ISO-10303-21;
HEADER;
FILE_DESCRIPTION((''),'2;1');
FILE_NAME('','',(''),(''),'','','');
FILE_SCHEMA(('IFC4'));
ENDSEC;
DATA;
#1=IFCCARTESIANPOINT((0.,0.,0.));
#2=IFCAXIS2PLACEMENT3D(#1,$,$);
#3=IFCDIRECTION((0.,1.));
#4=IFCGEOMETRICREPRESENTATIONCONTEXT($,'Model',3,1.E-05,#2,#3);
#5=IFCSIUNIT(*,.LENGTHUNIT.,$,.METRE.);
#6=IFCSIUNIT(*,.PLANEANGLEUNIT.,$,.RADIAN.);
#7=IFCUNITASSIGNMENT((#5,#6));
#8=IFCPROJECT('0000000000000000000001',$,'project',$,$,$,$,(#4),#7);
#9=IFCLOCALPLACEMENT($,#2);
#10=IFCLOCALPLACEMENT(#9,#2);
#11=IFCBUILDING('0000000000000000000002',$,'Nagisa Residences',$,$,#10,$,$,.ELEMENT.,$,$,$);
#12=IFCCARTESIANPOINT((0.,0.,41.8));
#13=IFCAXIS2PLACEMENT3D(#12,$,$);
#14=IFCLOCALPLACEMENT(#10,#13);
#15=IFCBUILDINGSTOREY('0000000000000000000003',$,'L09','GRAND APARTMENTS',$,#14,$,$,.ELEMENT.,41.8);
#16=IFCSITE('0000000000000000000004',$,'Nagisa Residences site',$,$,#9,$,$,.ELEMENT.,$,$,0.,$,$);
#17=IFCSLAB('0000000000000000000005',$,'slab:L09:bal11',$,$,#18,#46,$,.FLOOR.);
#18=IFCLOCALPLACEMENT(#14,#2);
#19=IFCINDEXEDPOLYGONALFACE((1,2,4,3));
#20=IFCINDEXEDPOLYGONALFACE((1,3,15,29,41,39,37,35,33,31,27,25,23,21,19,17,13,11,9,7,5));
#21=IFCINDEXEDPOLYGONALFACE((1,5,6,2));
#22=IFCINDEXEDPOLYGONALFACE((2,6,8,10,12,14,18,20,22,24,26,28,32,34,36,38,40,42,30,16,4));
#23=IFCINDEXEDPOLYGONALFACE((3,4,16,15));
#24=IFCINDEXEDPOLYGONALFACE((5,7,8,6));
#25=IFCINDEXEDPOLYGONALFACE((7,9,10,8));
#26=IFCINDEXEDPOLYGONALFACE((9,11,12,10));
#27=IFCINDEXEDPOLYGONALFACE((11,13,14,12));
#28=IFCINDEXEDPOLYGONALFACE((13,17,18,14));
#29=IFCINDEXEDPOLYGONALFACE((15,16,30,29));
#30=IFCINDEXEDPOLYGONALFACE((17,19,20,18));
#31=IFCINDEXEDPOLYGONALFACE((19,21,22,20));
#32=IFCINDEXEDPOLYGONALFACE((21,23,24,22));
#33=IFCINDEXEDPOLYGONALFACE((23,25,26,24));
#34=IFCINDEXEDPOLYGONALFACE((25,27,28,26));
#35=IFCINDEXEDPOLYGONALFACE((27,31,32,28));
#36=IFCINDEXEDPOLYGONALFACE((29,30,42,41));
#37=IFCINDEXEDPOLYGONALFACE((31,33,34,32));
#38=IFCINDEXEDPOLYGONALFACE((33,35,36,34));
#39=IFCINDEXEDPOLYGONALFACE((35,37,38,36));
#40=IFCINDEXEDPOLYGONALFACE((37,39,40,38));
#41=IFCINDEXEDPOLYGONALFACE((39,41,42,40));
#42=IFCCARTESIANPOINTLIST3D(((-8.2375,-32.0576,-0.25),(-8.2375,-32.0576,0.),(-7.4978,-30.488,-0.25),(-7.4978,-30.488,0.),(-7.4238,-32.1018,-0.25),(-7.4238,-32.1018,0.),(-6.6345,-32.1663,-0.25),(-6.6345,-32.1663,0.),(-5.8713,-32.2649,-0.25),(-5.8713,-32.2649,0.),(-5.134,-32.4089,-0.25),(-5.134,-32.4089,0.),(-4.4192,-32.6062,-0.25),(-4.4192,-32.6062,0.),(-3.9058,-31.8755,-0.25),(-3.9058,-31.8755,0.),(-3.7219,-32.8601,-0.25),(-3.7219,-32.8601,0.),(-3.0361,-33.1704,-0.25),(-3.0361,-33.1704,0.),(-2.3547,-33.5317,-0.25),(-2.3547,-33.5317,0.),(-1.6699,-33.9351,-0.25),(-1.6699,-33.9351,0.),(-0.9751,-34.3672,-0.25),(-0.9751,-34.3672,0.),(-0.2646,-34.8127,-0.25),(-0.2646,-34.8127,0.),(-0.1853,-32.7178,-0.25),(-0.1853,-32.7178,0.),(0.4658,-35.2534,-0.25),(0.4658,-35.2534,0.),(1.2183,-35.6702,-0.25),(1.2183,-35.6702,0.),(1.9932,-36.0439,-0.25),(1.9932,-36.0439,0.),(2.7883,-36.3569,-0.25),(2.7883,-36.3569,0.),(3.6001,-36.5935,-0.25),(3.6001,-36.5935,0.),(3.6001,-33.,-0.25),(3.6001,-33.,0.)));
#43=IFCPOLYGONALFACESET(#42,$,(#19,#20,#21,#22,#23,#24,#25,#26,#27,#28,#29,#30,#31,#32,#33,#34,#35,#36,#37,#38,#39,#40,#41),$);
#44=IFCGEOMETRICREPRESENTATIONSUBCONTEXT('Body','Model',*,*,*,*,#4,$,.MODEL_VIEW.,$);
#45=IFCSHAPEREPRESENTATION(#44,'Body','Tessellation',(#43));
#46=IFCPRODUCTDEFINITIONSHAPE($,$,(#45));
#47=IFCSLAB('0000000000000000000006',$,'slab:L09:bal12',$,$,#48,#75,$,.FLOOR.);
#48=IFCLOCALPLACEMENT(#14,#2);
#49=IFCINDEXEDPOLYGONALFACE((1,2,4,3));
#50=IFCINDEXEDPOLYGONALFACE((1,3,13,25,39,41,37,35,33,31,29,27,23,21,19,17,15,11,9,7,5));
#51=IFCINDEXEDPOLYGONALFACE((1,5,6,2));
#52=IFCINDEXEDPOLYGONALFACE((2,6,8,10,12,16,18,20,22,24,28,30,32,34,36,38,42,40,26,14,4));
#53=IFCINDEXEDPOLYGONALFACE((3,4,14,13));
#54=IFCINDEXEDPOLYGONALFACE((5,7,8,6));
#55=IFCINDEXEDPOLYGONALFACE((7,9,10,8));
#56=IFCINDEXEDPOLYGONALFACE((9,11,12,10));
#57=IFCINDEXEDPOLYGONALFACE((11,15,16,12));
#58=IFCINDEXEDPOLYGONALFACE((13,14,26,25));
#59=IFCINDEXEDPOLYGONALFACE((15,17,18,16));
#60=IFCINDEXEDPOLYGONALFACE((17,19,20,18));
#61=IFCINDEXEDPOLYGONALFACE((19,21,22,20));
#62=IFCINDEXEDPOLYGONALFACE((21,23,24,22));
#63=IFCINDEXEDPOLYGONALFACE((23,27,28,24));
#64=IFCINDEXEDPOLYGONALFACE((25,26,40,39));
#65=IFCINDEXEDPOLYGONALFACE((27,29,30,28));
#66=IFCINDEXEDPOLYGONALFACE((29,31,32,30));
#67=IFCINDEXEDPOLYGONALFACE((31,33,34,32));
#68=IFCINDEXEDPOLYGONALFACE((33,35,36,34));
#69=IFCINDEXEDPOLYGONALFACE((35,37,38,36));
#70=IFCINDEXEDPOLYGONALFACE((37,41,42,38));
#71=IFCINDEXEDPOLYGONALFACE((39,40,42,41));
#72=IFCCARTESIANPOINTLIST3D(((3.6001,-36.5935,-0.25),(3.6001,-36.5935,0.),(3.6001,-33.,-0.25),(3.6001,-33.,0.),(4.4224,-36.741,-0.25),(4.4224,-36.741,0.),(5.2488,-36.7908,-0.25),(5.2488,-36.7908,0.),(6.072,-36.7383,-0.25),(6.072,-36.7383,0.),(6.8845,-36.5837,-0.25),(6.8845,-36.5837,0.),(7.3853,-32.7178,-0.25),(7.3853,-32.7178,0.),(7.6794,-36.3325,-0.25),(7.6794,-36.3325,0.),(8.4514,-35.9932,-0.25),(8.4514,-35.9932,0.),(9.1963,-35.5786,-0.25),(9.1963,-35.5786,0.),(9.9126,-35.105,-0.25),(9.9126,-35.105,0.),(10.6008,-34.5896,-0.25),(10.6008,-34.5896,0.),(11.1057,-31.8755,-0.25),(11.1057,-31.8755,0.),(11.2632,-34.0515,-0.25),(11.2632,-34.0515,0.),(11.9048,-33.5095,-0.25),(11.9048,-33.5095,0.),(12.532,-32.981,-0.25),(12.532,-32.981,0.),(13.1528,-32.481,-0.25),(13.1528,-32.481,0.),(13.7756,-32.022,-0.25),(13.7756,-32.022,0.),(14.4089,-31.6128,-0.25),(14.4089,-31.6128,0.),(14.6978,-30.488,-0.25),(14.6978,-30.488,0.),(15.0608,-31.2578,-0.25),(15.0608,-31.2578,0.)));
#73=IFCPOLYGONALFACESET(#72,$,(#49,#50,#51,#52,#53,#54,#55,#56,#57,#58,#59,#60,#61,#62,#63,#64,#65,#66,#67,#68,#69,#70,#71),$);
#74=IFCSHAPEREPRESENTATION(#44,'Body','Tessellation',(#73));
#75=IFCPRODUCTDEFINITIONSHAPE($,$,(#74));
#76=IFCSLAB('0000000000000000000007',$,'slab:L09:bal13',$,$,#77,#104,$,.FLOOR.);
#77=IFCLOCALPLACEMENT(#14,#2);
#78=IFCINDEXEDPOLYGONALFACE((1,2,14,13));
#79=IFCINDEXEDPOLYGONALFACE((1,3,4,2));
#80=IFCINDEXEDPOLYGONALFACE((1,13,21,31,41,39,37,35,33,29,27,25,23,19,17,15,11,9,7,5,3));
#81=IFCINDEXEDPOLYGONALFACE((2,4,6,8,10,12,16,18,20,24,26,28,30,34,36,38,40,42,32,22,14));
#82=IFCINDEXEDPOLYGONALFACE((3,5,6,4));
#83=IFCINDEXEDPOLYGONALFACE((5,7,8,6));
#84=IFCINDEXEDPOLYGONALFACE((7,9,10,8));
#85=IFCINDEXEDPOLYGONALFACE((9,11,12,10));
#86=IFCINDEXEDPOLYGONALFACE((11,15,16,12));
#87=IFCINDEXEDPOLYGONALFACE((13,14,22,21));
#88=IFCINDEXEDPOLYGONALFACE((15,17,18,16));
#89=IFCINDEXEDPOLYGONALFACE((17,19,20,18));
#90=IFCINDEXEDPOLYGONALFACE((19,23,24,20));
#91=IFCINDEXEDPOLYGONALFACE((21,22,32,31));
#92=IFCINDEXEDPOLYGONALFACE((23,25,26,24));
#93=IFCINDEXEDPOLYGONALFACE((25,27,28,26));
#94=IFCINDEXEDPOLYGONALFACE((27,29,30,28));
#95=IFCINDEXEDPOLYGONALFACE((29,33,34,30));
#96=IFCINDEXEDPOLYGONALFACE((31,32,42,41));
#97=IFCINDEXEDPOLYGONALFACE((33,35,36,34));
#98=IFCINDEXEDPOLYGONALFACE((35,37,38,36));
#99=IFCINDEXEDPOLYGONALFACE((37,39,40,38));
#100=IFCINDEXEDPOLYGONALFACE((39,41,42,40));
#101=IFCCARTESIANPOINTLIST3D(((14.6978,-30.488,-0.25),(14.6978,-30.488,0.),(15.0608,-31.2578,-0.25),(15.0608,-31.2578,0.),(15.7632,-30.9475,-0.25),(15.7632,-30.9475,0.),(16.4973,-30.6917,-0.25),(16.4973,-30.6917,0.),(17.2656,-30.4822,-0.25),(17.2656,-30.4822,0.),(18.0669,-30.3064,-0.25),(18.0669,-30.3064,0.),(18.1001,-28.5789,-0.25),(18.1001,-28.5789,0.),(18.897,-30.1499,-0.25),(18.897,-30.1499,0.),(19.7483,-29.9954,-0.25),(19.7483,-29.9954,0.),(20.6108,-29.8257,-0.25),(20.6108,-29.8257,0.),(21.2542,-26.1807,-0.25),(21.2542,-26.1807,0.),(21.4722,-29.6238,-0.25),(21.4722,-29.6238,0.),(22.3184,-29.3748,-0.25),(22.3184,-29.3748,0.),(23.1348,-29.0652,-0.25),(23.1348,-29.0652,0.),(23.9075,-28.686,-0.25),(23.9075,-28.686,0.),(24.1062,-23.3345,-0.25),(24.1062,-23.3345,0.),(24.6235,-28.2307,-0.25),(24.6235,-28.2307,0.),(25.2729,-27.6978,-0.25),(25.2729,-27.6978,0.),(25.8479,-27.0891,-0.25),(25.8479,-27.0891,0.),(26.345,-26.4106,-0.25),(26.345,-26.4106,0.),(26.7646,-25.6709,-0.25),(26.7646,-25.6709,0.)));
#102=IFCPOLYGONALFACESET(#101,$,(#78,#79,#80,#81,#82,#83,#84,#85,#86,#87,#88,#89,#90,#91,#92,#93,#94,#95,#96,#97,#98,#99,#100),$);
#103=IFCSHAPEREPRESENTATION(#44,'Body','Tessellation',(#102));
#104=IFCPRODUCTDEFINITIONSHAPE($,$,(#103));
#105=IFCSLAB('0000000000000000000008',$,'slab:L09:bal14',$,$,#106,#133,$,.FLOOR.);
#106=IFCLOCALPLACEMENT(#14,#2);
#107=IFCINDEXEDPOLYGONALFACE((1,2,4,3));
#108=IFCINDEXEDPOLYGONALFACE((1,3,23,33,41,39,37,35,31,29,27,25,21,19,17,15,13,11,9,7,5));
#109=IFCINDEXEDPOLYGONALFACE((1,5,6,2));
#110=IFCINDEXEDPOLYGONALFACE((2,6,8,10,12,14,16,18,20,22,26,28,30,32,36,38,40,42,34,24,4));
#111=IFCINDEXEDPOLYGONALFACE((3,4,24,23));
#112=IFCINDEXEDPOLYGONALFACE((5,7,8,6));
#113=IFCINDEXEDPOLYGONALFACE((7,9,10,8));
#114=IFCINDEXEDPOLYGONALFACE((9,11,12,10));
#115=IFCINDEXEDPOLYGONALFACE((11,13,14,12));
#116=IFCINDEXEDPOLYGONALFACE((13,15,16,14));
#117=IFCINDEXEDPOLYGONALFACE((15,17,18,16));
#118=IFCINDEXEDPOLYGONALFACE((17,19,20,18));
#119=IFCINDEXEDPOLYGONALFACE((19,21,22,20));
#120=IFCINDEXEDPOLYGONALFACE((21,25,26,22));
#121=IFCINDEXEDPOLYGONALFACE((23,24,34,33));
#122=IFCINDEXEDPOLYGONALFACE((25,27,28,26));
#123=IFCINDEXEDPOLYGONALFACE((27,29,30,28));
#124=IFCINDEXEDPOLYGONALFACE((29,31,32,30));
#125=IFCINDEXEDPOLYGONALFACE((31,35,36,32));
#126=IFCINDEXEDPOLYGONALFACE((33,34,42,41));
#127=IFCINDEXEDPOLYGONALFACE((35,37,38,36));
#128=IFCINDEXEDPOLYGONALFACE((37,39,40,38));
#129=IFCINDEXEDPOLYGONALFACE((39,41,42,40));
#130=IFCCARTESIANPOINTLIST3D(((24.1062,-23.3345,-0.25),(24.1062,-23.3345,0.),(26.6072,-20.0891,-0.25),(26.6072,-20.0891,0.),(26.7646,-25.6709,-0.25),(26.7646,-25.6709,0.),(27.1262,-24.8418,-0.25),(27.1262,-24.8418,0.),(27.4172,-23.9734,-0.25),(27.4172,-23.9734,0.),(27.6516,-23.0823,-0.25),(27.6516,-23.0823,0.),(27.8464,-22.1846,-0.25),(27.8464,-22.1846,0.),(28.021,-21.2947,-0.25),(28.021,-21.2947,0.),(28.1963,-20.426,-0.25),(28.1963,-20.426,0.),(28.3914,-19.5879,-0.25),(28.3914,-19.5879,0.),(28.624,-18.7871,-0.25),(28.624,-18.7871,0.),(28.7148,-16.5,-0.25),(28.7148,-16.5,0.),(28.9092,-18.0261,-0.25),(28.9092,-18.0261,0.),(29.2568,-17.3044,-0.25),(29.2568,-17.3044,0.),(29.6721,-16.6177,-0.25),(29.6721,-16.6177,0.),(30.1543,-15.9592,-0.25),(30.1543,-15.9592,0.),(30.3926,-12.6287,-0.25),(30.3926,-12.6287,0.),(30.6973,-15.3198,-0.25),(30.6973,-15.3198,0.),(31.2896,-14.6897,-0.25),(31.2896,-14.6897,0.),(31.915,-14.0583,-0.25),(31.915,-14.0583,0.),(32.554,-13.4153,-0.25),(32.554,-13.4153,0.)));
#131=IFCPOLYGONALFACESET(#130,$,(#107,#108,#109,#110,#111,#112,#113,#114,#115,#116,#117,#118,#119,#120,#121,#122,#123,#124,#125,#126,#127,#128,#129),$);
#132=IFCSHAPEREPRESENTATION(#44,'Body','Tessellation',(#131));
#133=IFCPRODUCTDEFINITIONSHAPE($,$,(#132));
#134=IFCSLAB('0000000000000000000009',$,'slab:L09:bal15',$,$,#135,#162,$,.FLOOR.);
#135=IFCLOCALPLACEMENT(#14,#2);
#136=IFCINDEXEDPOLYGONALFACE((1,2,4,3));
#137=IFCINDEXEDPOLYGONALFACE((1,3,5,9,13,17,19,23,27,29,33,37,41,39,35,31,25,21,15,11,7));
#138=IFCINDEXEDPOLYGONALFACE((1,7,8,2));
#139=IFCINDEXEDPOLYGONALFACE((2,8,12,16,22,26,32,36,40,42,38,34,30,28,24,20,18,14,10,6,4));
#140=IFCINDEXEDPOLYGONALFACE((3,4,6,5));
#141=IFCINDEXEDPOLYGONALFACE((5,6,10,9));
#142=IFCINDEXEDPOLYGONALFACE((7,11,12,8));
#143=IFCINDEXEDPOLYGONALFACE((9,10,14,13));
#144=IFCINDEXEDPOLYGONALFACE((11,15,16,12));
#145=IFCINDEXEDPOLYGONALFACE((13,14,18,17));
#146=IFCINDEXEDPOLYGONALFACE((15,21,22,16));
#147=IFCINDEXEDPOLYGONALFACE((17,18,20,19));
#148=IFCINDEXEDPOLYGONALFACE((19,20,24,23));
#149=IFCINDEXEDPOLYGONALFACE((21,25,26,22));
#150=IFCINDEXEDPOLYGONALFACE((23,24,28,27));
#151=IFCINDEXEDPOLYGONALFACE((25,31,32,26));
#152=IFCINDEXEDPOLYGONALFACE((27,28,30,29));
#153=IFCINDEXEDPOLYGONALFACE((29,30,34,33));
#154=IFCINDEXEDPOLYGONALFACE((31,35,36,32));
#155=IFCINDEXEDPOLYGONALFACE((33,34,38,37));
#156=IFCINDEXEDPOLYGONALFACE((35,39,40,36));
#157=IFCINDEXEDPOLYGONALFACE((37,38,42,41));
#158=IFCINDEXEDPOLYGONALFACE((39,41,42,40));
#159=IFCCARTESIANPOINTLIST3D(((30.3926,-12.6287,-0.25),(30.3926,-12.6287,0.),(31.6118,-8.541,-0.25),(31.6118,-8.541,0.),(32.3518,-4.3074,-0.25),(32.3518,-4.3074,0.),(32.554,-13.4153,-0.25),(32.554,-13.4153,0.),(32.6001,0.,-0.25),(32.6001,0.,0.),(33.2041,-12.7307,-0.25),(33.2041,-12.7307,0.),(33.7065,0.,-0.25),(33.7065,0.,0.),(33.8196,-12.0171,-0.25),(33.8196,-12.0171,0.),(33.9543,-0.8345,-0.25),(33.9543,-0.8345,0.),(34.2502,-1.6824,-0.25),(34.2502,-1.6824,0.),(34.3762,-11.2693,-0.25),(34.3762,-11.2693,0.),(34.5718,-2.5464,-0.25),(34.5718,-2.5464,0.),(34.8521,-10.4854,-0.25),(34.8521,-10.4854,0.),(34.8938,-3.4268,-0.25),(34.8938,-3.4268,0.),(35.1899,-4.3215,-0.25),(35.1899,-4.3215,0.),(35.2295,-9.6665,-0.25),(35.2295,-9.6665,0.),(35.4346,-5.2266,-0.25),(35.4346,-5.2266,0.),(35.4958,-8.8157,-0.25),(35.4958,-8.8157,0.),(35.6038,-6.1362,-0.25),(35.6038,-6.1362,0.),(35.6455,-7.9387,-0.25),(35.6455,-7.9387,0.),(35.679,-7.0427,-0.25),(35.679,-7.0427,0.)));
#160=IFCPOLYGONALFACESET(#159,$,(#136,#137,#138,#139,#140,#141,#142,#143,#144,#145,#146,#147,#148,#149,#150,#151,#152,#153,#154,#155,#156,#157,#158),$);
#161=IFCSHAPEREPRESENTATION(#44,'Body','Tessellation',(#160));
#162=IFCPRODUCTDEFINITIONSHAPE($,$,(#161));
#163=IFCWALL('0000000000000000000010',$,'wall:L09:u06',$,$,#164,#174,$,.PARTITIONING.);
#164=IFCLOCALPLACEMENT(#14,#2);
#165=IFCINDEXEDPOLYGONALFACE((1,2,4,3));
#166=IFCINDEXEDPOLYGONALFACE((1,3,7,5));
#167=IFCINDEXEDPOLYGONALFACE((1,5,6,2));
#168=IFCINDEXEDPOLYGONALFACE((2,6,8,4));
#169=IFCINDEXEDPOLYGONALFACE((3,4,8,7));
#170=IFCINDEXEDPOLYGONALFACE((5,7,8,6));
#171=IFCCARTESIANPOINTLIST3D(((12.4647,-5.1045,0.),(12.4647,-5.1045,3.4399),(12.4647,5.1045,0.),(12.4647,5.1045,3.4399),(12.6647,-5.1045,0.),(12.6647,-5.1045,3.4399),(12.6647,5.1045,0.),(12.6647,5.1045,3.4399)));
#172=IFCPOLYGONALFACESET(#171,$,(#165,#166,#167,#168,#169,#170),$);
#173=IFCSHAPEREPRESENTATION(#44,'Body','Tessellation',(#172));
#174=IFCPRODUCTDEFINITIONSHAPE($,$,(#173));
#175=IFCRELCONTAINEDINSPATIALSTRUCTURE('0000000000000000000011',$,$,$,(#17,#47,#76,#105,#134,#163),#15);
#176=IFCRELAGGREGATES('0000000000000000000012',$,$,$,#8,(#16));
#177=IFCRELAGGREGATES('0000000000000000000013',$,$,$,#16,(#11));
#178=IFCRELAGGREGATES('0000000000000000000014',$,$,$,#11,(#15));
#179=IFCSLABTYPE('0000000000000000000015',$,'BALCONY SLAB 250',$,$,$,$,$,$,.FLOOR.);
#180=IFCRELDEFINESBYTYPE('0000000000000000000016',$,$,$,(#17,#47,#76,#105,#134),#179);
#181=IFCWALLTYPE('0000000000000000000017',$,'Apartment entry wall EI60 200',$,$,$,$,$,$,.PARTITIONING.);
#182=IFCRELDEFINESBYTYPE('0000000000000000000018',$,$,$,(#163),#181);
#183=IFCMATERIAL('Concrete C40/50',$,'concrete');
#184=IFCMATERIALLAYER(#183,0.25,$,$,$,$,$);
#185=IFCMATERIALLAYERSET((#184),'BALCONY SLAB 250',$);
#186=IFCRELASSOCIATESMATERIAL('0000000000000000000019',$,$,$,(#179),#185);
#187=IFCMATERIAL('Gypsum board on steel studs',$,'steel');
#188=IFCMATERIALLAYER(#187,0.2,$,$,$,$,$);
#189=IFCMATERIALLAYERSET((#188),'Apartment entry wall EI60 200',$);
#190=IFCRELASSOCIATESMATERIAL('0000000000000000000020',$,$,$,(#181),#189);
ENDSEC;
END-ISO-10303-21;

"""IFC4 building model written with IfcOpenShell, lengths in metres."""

from ifc_helpers import new_model, si_unit, direction, frame, frame_2d, origin, place, context, subcontext, project, spatial, polyline, rectangle, outline, extrude, material, layer, layer_set, type_object, element, save


model = new_model("IFC4")

# Units and contexts
model_context = context("Model", 3, precision=1e-05, world=origin(), true_north=direction((0.0, 1.0)))
body_context = subcontext(model_context, "Body", "Model", "MODEL_VIEW")
ifc_project = project(units=[si_unit("LENGTHUNIT", "METRE"), si_unit("PLANEANGLEUNIT", "RADIAN")], contexts=[model_context])

# Site, building, storey
site_placement = place(None, origin())
site = spatial("IfcSite", under=ifc_project, at=site_placement, Name="Nagisa Residences site", CompositionType="ELEMENT", RefElevation=0.0)
building_placement = place(site_placement, origin())
building = spatial("IfcBuilding", under=site, at=building_placement, Name="Nagisa Residences", CompositionType="ELEMENT")
storey_placement = place(building_placement, frame((0.0, 0.0, 41.8)))
storey = spatial("IfcBuildingStorey", under=building, at=storey_placement, Name="L09", Description="GRAND APARTMENTS", CompositionType="ELEMENT", Elevation=41.8)

# Slabs
ifc_material_1 = material(Name="Concrete C40/50", Category="concrete")
ifc_layer_1 = layer(ifc_material_1, 0.25)
ifc_layer_set_1 = layer_set([ifc_layer_1], Name="BALCONY SLAB 250")
slab_type = type_object("IfcSlabType", Name="BALCONY SLAB 250", PredefinedType="FLOOR", material=ifc_layer_set_1)
slab_1_placement = place(storey_placement, frame((0.0, 0.0, -0.25)))
element("IfcSlab", 1, at=slab_1_placement, inside=storey, type_object=slab_type, Name="slab:L09:bal11", PredefinedType="FLOOR", context=body_context, shape_type="SweptSolid", body=[
    extrude(outline(polyline([(-8.2375, -32.0576), (-7.4238, -32.1018), (-6.6345, -32.1663), (-5.8713, -32.2649), (-5.134, -32.4089), (-4.4192, -32.6062), (-3.7219, -32.8601), (-3.0361, -33.1704), (-2.3547, -33.5317), (-1.6699, -33.9351), (-0.9751, -34.3672), (-0.2646, -34.8127), (0.4658, -35.2534), (1.2183, -35.6702), (1.9932, -36.0439), (2.7883, -36.3569), (3.6001, -36.5935), (3.6001, -33.0), (-0.1853, -32.7178), (-3.9058, -31.8755), (-7.4978, -30.488), (-8.2375, -32.0576)])), origin(), (0.0, 0.0, 1.0), 0.25),
])
slab_2_placement = place(storey_placement, frame((0.0, 0.0, -0.25)))
element("IfcSlab", 2, at=slab_2_placement, inside=storey, type_object=slab_type, Name="slab:L09:bal12", PredefinedType="FLOOR", context=body_context, shape_type="SweptSolid", body=[
    extrude(outline(polyline([(3.6001, -36.5935), (4.4224, -36.741), (5.2488, -36.7908), (6.072, -36.7383), (6.8845, -36.5837), (7.6794, -36.3325), (8.4514, -35.9932), (9.1963, -35.5786), (9.9126, -35.105), (10.6008, -34.5896), (11.2632, -34.0515), (11.9048, -33.5095), (12.532, -32.981), (13.1528, -32.481), (13.7756, -32.022), (14.4089, -31.6128), (15.0608, -31.2578), (14.6978, -30.488), (11.1057, -31.8755), (7.3853, -32.7178), (3.6001, -33.0), (3.6001, -36.5935)])), origin(), (0.0, 0.0, 1.0), 0.25),
])
slab_3_placement = place(storey_placement, frame((0.0, 0.0, -0.25)))
element("IfcSlab", 3, at=slab_3_placement, inside=storey, type_object=slab_type, Name="slab:L09:bal13", PredefinedType="FLOOR", context=body_context, shape_type="SweptSolid", body=[
    extrude(outline(polyline([(15.0608, -31.2578), (15.7632, -30.9475), (16.4973, -30.6917), (17.2656, -30.4822), (18.0669, -30.3064), (18.897, -30.1499), (19.7483, -29.9954), (20.6108, -29.8257), (21.4722, -29.6238), (22.3184, -29.3748), (23.1348, -29.0652), (23.9075, -28.686), (24.6235, -28.2307), (25.2729, -27.6978), (25.8479, -27.0891), (26.345, -26.4106), (26.7646, -25.6709), (24.1062, -23.3345), (21.2542, -26.1807), (18.1001, -28.5789), (14.6978, -30.488), (15.0608, -31.2578)])), origin(), (0.0, 0.0, 1.0), 0.25),
])
slab_4_placement = place(storey_placement, frame((0.0, 0.0, -0.25)))
element("IfcSlab", 4, at=slab_4_placement, inside=storey, type_object=slab_type, Name="slab:L09:bal14", PredefinedType="FLOOR", context=body_context, shape_type="SweptSolid", body=[
    extrude(outline(polyline([(26.7646, -25.6709), (27.1262, -24.8418), (27.4172, -23.9734), (27.6516, -23.0823), (27.8464, -22.1846), (28.021, -21.2947), (28.1963, -20.426), (28.3914, -19.5879), (28.624, -18.7871), (28.9092, -18.0261), (29.2568, -17.3044), (29.6721, -16.6177), (30.1543, -15.9592), (30.6973, -15.3198), (31.2896, -14.6897), (31.915, -14.0583), (32.554, -13.4153), (30.3926, -12.6287), (28.7148, -16.5), (26.6072, -20.0891), (24.1062, -23.3345), (26.7646, -25.6709)])), origin(), (0.0, 0.0, 1.0), 0.25),
])
slab_5_placement = place(storey_placement, frame((0.0, 0.0, -0.25)))
element("IfcSlab", 5, at=slab_5_placement, inside=storey, type_object=slab_type, Name="slab:L09:bal15", PredefinedType="FLOOR", context=body_context, shape_type="SweptSolid", body=[
    extrude(outline(polyline([(32.554, -13.4153), (33.2041, -12.7307), (33.8196, -12.0171), (34.3762, -11.2693), (34.8521, -10.4854), (35.2295, -9.6665), (35.4958, -8.8157), (35.6455, -7.9387), (35.679, -7.0427), (35.6038, -6.1362), (35.4346, -5.2266), (35.1899, -4.3215), (34.8938, -3.4268), (34.5718, -2.5464), (34.2502, -1.6824), (33.9543, -0.8345), (33.7065, 0.0), (32.6001, 0.0), (32.3518, -4.3074), (31.6118, -8.541), (30.3926, -12.6287), (32.554, -13.4153)])), origin(), (0.0, 0.0, 1.0), 0.25),
])

# Wall
ifc_material_2 = material(Name="Gypsum board on steel studs", Category="steel")
ifc_layer_2 = layer(ifc_material_2, 0.2)
ifc_layer_set_2 = layer_set([ifc_layer_2], Name="Apartment entry wall EI60 200")
wall_type_1 = type_object("IfcWallType", Name="Apartment entry wall EI60 200", PredefinedType="PARTITIONING", material=ifc_layer_set_2)
wall_1_placement = place(storey_placement, frame((12.5647, -5.1045, 0.0), z_axis=(0.0, 0.0, 1.0), x_axis=(0.0, 1.0, 0.0)))
element("IfcWall", 6, at=wall_1_placement, inside=storey, type_object=wall_type_1, Name="wall:L09:u06", PredefinedType="PARTITIONING", context=body_context, shape_type="SweptSolid", body=[
    extrude(rectangle(XDim=10.209, YDim=0.2, at=frame_2d((5.1045, 0.0))), origin(), (0.0, 0.0, 1.0), 3.4399),
])

save(model, "model.ifc")
